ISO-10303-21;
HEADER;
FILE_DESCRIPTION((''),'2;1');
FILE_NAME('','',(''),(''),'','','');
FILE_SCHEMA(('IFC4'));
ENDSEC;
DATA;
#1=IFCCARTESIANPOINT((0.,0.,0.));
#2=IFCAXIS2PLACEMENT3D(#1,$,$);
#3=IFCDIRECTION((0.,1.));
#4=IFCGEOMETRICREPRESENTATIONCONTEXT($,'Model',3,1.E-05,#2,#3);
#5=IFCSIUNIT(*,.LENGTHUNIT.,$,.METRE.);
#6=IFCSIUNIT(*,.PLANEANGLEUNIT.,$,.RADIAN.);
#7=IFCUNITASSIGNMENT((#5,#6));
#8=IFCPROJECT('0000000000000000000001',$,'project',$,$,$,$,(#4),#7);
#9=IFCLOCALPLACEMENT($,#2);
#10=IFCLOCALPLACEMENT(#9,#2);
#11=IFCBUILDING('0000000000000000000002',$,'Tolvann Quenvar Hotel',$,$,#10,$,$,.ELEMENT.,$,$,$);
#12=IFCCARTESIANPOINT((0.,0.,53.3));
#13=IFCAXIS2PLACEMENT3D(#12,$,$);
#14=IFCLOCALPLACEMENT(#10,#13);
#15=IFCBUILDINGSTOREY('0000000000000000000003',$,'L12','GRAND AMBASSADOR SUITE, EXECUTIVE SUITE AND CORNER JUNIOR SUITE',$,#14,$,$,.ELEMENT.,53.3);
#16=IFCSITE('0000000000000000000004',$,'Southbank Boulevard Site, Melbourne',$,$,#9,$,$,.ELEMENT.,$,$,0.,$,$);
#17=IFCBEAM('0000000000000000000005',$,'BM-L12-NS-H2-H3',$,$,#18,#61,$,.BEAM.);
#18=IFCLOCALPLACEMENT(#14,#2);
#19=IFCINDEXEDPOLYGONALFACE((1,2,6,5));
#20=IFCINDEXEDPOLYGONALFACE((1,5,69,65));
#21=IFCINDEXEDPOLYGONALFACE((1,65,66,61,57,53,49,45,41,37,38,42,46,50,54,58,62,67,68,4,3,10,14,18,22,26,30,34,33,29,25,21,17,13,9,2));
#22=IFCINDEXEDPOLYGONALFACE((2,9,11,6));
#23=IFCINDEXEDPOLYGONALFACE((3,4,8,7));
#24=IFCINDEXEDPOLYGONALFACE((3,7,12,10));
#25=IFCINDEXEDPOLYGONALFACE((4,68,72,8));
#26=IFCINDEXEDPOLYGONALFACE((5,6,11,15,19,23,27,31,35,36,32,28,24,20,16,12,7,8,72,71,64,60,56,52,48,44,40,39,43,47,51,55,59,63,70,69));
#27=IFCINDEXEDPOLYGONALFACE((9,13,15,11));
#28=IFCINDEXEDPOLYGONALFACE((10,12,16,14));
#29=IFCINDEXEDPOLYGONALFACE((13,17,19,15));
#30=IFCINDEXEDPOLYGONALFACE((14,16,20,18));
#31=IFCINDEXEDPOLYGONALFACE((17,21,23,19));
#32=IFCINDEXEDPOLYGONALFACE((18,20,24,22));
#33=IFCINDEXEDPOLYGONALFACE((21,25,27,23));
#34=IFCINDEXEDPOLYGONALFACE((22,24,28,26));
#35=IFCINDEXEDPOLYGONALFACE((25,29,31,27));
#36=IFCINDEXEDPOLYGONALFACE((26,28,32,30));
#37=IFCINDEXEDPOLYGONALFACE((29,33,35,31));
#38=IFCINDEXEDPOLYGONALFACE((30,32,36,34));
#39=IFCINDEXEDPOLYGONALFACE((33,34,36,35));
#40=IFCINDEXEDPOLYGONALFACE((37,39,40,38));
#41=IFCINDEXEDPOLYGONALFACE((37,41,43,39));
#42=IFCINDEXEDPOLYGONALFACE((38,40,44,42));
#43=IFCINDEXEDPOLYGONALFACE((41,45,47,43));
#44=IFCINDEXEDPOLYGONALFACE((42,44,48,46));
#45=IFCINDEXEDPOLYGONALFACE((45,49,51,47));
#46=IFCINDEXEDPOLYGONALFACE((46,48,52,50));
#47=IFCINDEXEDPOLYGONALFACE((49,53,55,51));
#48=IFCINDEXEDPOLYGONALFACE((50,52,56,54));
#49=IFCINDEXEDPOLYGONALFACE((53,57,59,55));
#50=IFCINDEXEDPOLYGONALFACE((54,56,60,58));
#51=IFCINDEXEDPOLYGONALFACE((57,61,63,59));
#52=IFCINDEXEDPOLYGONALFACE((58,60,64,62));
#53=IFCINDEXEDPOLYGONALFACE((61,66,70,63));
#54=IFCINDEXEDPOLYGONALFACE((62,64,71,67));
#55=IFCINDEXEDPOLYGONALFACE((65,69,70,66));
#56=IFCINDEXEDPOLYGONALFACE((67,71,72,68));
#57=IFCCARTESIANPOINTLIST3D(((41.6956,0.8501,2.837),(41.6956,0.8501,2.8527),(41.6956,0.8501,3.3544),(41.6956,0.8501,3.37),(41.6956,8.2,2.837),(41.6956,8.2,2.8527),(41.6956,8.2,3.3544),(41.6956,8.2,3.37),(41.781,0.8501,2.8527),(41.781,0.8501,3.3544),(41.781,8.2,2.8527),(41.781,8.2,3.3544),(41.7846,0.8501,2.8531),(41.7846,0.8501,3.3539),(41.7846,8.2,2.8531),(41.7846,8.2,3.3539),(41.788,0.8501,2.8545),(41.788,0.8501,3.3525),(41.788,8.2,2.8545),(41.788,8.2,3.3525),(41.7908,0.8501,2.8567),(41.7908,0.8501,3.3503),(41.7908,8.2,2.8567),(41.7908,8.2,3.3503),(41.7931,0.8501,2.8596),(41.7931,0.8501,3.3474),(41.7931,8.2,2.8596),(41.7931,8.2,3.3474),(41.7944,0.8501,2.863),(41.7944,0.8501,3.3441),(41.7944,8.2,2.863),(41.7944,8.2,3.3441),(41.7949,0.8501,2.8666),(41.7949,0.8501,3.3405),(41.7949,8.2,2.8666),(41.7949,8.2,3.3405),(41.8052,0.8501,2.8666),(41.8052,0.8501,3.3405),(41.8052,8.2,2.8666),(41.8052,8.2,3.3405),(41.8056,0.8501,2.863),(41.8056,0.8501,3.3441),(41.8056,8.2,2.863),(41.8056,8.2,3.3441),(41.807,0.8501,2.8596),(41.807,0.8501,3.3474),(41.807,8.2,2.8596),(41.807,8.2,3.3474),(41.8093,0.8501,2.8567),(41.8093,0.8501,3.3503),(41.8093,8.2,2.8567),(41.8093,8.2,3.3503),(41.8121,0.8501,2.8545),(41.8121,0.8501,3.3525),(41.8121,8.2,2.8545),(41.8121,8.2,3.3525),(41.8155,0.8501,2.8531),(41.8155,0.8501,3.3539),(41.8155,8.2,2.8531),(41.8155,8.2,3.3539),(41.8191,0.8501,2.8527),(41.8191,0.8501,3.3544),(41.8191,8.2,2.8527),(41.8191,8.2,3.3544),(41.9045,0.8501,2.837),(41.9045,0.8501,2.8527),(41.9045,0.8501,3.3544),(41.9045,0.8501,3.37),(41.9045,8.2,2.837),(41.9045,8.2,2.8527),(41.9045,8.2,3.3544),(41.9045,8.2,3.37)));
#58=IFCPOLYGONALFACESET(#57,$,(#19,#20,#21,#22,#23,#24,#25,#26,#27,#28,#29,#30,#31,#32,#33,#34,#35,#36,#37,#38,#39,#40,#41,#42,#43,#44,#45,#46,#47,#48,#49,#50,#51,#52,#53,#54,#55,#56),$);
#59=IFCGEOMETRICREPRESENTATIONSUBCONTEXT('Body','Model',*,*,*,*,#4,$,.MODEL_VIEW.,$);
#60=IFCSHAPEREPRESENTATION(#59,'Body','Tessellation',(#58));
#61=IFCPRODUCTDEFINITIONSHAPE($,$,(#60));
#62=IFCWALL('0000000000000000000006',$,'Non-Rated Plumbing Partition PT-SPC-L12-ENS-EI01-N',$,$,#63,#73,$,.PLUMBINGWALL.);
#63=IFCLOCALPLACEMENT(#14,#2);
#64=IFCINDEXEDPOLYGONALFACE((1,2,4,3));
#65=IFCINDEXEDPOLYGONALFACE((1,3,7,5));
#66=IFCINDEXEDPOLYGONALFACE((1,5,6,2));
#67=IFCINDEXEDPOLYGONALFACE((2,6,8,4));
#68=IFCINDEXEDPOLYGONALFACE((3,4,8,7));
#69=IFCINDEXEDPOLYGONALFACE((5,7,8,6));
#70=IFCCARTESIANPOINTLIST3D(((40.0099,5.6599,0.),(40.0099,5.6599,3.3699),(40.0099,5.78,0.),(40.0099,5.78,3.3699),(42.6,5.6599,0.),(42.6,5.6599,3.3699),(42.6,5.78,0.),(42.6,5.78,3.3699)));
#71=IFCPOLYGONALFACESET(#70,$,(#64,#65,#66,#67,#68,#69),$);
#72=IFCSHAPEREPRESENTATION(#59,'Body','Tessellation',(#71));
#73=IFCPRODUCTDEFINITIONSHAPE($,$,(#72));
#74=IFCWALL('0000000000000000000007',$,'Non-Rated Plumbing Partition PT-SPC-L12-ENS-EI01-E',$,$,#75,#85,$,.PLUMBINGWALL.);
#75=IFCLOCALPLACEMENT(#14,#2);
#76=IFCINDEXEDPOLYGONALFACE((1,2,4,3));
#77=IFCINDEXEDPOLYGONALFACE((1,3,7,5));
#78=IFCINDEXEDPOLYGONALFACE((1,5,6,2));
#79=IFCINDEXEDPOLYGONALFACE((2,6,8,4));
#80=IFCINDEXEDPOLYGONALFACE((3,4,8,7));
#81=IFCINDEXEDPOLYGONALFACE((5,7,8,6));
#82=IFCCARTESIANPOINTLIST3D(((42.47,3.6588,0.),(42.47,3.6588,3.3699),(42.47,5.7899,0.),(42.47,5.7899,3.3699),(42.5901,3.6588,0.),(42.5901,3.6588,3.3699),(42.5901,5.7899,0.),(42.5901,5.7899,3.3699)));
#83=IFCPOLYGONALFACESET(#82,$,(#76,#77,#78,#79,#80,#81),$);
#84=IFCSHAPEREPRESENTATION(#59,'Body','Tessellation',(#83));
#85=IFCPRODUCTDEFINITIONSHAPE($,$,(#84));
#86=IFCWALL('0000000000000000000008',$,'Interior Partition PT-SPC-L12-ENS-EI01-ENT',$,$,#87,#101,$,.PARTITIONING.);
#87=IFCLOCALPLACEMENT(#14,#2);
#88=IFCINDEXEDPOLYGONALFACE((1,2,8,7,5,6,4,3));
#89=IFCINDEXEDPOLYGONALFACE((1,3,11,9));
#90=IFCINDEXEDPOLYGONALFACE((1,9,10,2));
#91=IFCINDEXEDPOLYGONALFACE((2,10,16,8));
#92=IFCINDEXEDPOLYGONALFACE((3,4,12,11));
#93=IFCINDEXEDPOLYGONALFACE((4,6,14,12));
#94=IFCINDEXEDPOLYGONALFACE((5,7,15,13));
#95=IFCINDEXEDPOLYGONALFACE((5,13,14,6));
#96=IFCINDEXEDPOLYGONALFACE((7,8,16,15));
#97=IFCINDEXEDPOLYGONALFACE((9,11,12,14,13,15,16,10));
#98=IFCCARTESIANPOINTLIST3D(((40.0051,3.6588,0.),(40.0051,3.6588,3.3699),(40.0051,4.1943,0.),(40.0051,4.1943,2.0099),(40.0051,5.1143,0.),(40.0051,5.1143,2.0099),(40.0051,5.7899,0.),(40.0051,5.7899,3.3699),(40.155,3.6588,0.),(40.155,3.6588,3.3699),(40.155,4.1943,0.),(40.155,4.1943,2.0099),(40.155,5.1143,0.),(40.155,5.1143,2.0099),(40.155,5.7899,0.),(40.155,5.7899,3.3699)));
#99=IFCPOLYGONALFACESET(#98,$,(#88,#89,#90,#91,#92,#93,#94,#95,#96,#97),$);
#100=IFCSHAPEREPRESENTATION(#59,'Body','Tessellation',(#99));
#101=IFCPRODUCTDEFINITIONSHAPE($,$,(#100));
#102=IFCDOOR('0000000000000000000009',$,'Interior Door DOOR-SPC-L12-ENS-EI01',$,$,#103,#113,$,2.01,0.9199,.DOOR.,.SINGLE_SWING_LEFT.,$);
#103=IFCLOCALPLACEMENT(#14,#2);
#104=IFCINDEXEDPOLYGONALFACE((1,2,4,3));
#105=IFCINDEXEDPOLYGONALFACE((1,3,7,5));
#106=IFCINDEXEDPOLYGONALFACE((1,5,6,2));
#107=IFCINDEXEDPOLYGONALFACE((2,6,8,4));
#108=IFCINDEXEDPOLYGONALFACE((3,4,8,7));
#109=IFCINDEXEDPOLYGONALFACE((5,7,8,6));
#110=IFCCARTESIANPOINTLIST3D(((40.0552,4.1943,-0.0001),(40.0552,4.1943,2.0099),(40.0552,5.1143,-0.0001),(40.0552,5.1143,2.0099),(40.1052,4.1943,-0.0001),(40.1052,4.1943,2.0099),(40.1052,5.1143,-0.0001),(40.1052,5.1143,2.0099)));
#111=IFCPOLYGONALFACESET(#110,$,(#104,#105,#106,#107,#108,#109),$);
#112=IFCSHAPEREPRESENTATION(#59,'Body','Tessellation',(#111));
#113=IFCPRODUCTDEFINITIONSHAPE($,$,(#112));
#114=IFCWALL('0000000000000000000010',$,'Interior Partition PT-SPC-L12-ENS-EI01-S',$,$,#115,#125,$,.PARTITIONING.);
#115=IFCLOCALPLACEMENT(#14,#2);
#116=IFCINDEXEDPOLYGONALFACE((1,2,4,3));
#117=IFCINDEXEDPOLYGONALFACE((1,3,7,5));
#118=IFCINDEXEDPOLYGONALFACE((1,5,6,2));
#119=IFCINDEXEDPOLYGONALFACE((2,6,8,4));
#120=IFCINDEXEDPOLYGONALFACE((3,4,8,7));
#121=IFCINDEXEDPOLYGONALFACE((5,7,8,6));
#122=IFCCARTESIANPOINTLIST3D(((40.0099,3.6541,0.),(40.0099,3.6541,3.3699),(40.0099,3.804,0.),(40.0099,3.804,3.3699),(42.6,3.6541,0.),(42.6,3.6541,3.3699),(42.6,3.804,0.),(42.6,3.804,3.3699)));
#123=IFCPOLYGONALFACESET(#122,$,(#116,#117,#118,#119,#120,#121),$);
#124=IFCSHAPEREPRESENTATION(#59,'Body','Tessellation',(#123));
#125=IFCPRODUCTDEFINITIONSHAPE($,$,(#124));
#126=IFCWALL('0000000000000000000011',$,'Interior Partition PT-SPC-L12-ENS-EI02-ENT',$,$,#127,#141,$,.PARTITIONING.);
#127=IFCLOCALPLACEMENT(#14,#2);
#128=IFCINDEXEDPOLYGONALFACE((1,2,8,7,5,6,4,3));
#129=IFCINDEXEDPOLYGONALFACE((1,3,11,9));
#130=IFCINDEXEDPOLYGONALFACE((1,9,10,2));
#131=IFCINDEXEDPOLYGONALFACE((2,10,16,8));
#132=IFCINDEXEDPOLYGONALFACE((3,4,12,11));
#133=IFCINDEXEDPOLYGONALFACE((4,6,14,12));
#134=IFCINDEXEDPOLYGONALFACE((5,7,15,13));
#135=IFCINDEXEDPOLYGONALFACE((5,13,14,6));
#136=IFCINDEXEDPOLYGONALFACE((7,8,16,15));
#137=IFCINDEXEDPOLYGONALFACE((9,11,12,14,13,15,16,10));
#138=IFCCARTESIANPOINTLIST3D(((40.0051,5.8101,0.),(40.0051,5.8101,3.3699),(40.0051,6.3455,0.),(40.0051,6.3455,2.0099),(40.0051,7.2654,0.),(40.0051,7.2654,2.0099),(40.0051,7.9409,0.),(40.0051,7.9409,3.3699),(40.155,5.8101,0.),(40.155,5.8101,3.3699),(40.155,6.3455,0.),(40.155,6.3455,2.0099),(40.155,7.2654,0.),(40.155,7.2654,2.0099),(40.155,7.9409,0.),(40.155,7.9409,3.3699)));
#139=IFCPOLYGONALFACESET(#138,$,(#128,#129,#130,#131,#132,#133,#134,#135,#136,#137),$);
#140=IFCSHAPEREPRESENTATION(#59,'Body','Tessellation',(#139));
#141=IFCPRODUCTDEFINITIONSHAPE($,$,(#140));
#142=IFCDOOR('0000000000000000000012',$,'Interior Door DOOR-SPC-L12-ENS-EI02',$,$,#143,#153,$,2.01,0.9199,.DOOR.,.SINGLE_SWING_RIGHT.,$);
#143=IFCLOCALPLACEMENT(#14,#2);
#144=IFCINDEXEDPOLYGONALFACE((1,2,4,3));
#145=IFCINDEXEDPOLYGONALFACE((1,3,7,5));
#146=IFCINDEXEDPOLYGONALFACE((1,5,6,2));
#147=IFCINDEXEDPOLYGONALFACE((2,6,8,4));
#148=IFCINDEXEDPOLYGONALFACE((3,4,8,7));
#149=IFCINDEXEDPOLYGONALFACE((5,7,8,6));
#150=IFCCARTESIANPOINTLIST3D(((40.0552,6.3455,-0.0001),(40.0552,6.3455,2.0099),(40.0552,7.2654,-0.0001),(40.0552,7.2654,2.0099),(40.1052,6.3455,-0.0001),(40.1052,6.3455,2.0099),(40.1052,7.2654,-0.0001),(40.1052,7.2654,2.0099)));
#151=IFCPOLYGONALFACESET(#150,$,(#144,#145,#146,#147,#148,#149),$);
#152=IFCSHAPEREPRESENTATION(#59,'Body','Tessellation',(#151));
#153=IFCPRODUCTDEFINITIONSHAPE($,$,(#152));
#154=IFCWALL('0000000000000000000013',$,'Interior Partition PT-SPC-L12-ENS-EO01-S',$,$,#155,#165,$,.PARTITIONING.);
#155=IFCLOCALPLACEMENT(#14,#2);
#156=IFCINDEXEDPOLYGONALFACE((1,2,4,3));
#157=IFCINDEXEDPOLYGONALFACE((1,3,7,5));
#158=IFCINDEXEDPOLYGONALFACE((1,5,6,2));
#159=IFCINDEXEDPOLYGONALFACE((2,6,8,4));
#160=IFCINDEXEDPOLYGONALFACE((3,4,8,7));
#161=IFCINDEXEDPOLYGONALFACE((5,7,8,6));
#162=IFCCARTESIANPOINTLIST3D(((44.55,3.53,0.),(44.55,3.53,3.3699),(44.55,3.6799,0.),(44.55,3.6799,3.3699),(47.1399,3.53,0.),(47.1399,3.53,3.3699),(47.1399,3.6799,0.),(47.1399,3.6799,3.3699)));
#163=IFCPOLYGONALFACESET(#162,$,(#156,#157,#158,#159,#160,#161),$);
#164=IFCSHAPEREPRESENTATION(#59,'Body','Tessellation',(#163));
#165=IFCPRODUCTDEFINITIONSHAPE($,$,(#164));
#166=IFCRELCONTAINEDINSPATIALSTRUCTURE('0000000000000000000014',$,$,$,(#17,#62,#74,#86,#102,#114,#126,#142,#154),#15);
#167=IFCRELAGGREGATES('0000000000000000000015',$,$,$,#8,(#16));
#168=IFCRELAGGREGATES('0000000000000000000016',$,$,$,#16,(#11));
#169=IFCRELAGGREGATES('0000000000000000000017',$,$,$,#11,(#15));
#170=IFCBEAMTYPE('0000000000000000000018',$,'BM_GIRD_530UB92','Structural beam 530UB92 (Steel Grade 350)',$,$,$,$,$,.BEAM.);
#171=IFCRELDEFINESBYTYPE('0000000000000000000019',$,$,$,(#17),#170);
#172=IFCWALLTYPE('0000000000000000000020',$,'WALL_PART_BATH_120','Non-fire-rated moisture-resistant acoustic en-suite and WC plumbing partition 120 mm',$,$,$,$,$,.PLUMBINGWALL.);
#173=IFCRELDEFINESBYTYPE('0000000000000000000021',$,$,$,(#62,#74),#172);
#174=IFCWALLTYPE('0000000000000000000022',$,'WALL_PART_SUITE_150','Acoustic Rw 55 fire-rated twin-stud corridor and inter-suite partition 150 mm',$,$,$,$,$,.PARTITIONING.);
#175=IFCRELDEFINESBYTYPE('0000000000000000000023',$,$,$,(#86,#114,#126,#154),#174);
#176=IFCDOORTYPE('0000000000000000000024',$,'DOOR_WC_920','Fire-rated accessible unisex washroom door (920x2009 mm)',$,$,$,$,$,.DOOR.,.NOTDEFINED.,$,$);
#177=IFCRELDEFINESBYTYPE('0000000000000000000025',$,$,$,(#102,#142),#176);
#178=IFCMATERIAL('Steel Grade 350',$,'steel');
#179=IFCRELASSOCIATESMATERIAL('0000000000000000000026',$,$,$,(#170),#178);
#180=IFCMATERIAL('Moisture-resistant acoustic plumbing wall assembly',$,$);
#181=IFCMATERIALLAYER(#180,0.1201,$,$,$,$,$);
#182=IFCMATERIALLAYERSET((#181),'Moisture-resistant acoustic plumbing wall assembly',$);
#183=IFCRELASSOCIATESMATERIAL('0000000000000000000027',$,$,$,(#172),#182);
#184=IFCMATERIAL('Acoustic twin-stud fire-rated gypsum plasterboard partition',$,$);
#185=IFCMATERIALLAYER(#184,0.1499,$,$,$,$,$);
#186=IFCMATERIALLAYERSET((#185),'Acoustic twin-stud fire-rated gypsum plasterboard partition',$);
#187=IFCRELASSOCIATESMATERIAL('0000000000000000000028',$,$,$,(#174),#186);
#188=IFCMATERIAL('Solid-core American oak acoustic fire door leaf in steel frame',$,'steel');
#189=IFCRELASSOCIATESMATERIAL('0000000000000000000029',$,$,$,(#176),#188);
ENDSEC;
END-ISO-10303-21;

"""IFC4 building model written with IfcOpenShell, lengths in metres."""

from ifc_helpers import new_model, si_unit, direction, frame, frame_2d, origin, origin_2d, place, context, subcontext, project, spatial, rectangle, i_section, extrude, source, transform, mapped, material, layer, layer_set, material_profile, profile_set, type_object, type_shapes, element, fill, save


model = new_model("IFC4")

# Units and contexts
model_context = context("Model", 3, precision=1e-05, world=origin(), true_north=direction((0.0, 1.0)))
body_context = subcontext(model_context, "Body", "Model", "MODEL_VIEW")
ifc_project = project(units=[si_unit("LENGTHUNIT", "METRE"), si_unit("PLANEANGLEUNIT", "RADIAN")], contexts=[model_context])

# Site, building, storey
site_placement = place(None, origin())
site = spatial("IfcSite", under=ifc_project, at=site_placement, Name="Southbank Boulevard Site, Melbourne", CompositionType="ELEMENT", RefElevation=0.0)
building_placement = place(site_placement, origin())
building = spatial("IfcBuilding", under=site, at=building_placement, Name="Tolvann Quenvar Hotel", CompositionType="ELEMENT")
storey_placement = place(building_placement, frame((0.0, 0.0, 53.3)))
storey = spatial("IfcBuildingStorey", under=building, at=storey_placement, Name="L12", Description="GRAND AMBASSADOR SUITE, EXECUTIVE SUITE AND CORNER JUNIOR SUITE", CompositionType="ELEMENT", Elevation=53.3)

# Beam
ifc_material_1 = material(Name="Steel Grade 350", Category="steel")
ifc_material_profile_1 = material_profile(ifc_material_1, i_section(OverallWidth=0.209, OverallDepth=0.533, WebThickness=0.0103, FlangeThickness=0.0156, FilletRadius=0.0139, at=origin_2d()), Name="530UB92")
ifc_profile_set_1 = profile_set([ifc_material_profile_1], Name="Steel Grade 350")
beam_type_1 = type_object("IfcBeamType", Name="BM_GIRD_530UB92", Description="Structural beam 530UB92 (Steel Grade 350)", PredefinedType="BEAM", material=ifc_profile_set_1)
shared_shape_1 = source(origin(), body_context, "Body", "SweptSolid", [
    extrude(i_section(OverallWidth=0.209, OverallDepth=0.533, WebThickness=0.0103, FlangeThickness=0.0156, FilletRadius=0.0139, at=origin_2d()), origin(), (0.0, 0.0, 1.0), 7.3499),
])
type_shapes(beam_type_1, [shared_shape_1])
for number, where, z_axis, x_axis, name in (
    (1, (41.8, 0.8501, 3.1035), (0.0, 1.0, 0.0), (-1.0, 0.0, 0.0), "BM-L12-NS-H2-H3"),
):
    element("IfcBeam", number, at=place(storey_placement, frame(where, z_axis=z_axis, x_axis=x_axis)), inside=storey, type_object=beam_type_1, Name=name, PredefinedType="BEAM", context=body_context, shape_type="MappedRepresentation", body=[
        mapped(shared_shape_1, transform((0.0, 0.0, 0.0), x_axis=(1.0, 0.0, 0.0), y_axis=(0.0, 1.0, 0.0), z_axis=(0.0, 0.0, 1.0), scale=1.0)),
    ])

# Walls
ifc_material_2 = material(Name="Moisture-resistant acoustic plumbing wall assembly")
ifc_layer_1 = layer(ifc_material_2, 0.1201)
ifc_layer_set_1 = layer_set([ifc_layer_1], Name="Moisture-resistant acoustic plumbing wall assembly")
wall_type_1 = type_object("IfcWallType", Name="WALL_PART_BATH_120", Description="Non-fire-rated moisture-resistant acoustic en-suite and WC plumbing partition 120 mm", PredefinedType="PLUMBINGWALL", material=ifc_layer_set_1)
wall_1_placement = place(storey_placement, frame((40.01, 5.72, 0.0), z_axis=(0.0, 0.0, 1.0), x_axis=(1.0, 0.0, 0.0)))
element("IfcWall", 2, at=wall_1_placement, inside=storey, type_object=wall_type_1, Name="Non-Rated Plumbing Partition PT-SPC-L12-ENS-EI01-N", PredefinedType="PLUMBINGWALL", context=body_context, shape_type="SweptSolid", body=[
    extrude(rectangle(XDim=2.5901, YDim=0.1201, at=frame_2d((1.2949, 0.0))), origin(), (0.0, 0.0, 1.0), 3.3699),
])
wall_2_placement = place(storey_placement, frame((42.53, 3.6589, 0.0), z_axis=(0.0, 0.0, 1.0), x_axis=(0.0, 1.0, 0.0)))
element("IfcWall", 3, at=wall_2_placement, inside=storey, type_object=wall_type_1, Name="Non-Rated Plumbing Partition PT-SPC-L12-ENS-EI01-E", PredefinedType="PLUMBINGWALL", context=body_context, shape_type="SweptSolid", body=[
    extrude(rectangle(XDim=2.1311, YDim=0.1201, at=frame_2d((1.0654, 0.0))), origin(), (0.0, 0.0, 1.0), 3.3699),
])

# Wall, opening, door
ifc_material_3 = material(Name="Acoustic twin-stud fire-rated gypsum plasterboard partition")
ifc_layer_2 = layer(ifc_material_3, 0.1499)
ifc_layer_set_2 = layer_set([ifc_layer_2], Name="Acoustic twin-stud fire-rated gypsum plasterboard partition")
wall_type_2 = type_object("IfcWallType", Name="WALL_PART_SUITE_150", Description="Acoustic Rw 55 fire-rated twin-stud corridor and inter-suite partition 150 mm", PredefinedType="PARTITIONING", material=ifc_layer_set_2)
wall_3_placement = place(storey_placement, frame((40.0801, 3.6589, 0.0), z_axis=(0.0, 0.0, 1.0), x_axis=(0.0, 1.0, 0.0)))
wall_3 = element("IfcWall", 4, at=wall_3_placement, inside=storey, type_object=wall_type_2, Name="Interior Partition PT-SPC-L12-ENS-EI01-ENT", PredefinedType="PARTITIONING", context=body_context, shape_type="SweptSolid", body=[
    extrude(rectangle(XDim=2.1311, YDim=0.1499, at=frame_2d((1.0654, 0.0))), origin(), (0.0, 0.0, 1.0), 3.3699),
])
opening_1_placement = place(wall_3_placement, frame((0.5354, 0.0, 0.0)))
opening_1 = element("IfcOpeningElement", 5, at=opening_1_placement, cuts=wall_3, PredefinedType="OPENING", context=body_context, shape_type="SweptSolid", body=[
    extrude(rectangle(XDim=0.9199, YDim=2.01, at=frame_2d((0.46, 1.0049))), frame((0.0, 0.085, 0.0), z_axis=(0.0, -1.0, 0.0), x_axis=(1.0, 0.0, 0.0)), (0.0, 0.0, 1.0), 0.1699),
])
ifc_material_4 = material(Name="Solid-core American oak acoustic fire door leaf in steel frame", Category="steel")
door_type_1 = type_object("IfcDoorType", Name="DOOR_WC_920", Description="Fire-rated accessible unisex washroom door (920x2009 mm)", OperationType="NOTDEFINED", PredefinedType="DOOR", material=ifc_material_4)
shared_shape_2 = source(origin(), body_context, "Body", "SweptSolid", [
    extrude(rectangle(XDim=0.9199, YDim=2.01, at=frame_2d((0.46, 1.0049))), frame((0.0, 0.0249, 0.0), z_axis=(0.0, -1.0, 0.0), x_axis=(1.0, 0.0, 0.0)), (0.0, 0.0, 1.0), 0.05),
])
type_shapes(door_type_1, [shared_shape_2])
door_1_placement = place(opening_1_placement, origin())
door_1 = element("IfcDoor", 6, at=door_1_placement, inside=storey, type_object=door_type_1, Name="Interior Door DOOR-SPC-L12-ENS-EI01", OperationType="SINGLE_SWING_LEFT", OverallHeight=2.01, OverallWidth=0.9199, PredefinedType="DOOR", context=body_context, shape_type="MappedRepresentation", body=[
    mapped(shared_shape_2, transform((0.0, 0.0, 0.0), x_axis=(1.0, 0.0, 0.0), y_axis=(0.0, 1.0, 0.0), z_axis=(0.0, 0.0, 1.0), scale=1.0)),
])
fill(opening_1, door_1)

# Wall
wall_4_placement = place(storey_placement, frame((40.01, 3.729, 0.0), z_axis=(0.0, 0.0, 1.0), x_axis=(1.0, 0.0, 0.0)))
element("IfcWall", 7, at=wall_4_placement, inside=storey, type_object=wall_type_2, Name="Interior Partition PT-SPC-L12-ENS-EI01-S", PredefinedType="PARTITIONING", context=body_context, shape_type="SweptSolid", body=[
    extrude(rectangle(XDim=2.5901, YDim=0.1499, at=frame_2d((1.2949, 0.0))), origin(), (0.0, 0.0, 1.0), 3.3699),
])

# Wall, opening, door
wall_5_placement = place(storey_placement, frame((40.0801, 5.8101, 0.0), z_axis=(0.0, 0.0, 1.0), x_axis=(0.0, 1.0, 0.0)))
wall_5 = element("IfcWall", 8, at=wall_5_placement, inside=storey, type_object=wall_type_2, Name="Interior Partition PT-SPC-L12-ENS-EI02-ENT", PredefinedType="PARTITIONING", context=body_context, shape_type="SweptSolid", body=[
    extrude(rectangle(XDim=2.1309, YDim=0.1499, at=frame_2d((1.0654, 0.0))), origin(), (0.0, 0.0, 1.0), 3.3699),
])
opening_2_placement = place(wall_5_placement, frame((0.5354, 0.0, 0.0)))
opening_2 = element("IfcOpeningElement", 9, at=opening_2_placement, cuts=wall_5, PredefinedType="OPENING", context=body_context, shape_type="SweptSolid", body=[
    extrude(rectangle(XDim=0.9199, YDim=2.01, at=frame_2d((0.46, 1.0049))), frame((0.0, 0.085, 0.0), z_axis=(0.0, -1.0, 0.0), x_axis=(1.0, 0.0, 0.0)), (0.0, 0.0, 1.0), 0.1699),
])
door_2_placement = place(opening_2_placement, origin())
door_2 = element("IfcDoor", 10, at=door_2_placement, inside=storey, type_object=door_type_1, Name="Interior Door DOOR-SPC-L12-ENS-EI02", OperationType="SINGLE_SWING_RIGHT", OverallHeight=2.01, OverallWidth=0.9199, PredefinedType="DOOR", context=body_context, shape_type="MappedRepresentation", body=[
    mapped(shared_shape_2, transform((0.0, 0.0, 0.0), x_axis=(1.0, 0.0, 0.0), y_axis=(0.0, 1.0, 0.0), z_axis=(0.0, 0.0, 1.0), scale=1.0)),
])
fill(opening_2, door_2)

# Wall
wall_6_placement = place(storey_placement, frame((44.55, 3.605, 0.0), z_axis=(0.0, 0.0, 1.0), x_axis=(1.0, 0.0, 0.0)))
element("IfcWall", 11, at=wall_6_placement, inside=storey, type_object=wall_type_2, Name="Interior Partition PT-SPC-L12-ENS-EO01-S", PredefinedType="PARTITIONING", context=body_context, shape_type="SweptSolid", body=[
    extrude(rectangle(XDim=2.5898, YDim=0.1499, at=frame_2d((1.2949, 0.0))), origin(), (0.0, 0.0, 1.0), 3.3699),
])

save(model, "model.ifc")
